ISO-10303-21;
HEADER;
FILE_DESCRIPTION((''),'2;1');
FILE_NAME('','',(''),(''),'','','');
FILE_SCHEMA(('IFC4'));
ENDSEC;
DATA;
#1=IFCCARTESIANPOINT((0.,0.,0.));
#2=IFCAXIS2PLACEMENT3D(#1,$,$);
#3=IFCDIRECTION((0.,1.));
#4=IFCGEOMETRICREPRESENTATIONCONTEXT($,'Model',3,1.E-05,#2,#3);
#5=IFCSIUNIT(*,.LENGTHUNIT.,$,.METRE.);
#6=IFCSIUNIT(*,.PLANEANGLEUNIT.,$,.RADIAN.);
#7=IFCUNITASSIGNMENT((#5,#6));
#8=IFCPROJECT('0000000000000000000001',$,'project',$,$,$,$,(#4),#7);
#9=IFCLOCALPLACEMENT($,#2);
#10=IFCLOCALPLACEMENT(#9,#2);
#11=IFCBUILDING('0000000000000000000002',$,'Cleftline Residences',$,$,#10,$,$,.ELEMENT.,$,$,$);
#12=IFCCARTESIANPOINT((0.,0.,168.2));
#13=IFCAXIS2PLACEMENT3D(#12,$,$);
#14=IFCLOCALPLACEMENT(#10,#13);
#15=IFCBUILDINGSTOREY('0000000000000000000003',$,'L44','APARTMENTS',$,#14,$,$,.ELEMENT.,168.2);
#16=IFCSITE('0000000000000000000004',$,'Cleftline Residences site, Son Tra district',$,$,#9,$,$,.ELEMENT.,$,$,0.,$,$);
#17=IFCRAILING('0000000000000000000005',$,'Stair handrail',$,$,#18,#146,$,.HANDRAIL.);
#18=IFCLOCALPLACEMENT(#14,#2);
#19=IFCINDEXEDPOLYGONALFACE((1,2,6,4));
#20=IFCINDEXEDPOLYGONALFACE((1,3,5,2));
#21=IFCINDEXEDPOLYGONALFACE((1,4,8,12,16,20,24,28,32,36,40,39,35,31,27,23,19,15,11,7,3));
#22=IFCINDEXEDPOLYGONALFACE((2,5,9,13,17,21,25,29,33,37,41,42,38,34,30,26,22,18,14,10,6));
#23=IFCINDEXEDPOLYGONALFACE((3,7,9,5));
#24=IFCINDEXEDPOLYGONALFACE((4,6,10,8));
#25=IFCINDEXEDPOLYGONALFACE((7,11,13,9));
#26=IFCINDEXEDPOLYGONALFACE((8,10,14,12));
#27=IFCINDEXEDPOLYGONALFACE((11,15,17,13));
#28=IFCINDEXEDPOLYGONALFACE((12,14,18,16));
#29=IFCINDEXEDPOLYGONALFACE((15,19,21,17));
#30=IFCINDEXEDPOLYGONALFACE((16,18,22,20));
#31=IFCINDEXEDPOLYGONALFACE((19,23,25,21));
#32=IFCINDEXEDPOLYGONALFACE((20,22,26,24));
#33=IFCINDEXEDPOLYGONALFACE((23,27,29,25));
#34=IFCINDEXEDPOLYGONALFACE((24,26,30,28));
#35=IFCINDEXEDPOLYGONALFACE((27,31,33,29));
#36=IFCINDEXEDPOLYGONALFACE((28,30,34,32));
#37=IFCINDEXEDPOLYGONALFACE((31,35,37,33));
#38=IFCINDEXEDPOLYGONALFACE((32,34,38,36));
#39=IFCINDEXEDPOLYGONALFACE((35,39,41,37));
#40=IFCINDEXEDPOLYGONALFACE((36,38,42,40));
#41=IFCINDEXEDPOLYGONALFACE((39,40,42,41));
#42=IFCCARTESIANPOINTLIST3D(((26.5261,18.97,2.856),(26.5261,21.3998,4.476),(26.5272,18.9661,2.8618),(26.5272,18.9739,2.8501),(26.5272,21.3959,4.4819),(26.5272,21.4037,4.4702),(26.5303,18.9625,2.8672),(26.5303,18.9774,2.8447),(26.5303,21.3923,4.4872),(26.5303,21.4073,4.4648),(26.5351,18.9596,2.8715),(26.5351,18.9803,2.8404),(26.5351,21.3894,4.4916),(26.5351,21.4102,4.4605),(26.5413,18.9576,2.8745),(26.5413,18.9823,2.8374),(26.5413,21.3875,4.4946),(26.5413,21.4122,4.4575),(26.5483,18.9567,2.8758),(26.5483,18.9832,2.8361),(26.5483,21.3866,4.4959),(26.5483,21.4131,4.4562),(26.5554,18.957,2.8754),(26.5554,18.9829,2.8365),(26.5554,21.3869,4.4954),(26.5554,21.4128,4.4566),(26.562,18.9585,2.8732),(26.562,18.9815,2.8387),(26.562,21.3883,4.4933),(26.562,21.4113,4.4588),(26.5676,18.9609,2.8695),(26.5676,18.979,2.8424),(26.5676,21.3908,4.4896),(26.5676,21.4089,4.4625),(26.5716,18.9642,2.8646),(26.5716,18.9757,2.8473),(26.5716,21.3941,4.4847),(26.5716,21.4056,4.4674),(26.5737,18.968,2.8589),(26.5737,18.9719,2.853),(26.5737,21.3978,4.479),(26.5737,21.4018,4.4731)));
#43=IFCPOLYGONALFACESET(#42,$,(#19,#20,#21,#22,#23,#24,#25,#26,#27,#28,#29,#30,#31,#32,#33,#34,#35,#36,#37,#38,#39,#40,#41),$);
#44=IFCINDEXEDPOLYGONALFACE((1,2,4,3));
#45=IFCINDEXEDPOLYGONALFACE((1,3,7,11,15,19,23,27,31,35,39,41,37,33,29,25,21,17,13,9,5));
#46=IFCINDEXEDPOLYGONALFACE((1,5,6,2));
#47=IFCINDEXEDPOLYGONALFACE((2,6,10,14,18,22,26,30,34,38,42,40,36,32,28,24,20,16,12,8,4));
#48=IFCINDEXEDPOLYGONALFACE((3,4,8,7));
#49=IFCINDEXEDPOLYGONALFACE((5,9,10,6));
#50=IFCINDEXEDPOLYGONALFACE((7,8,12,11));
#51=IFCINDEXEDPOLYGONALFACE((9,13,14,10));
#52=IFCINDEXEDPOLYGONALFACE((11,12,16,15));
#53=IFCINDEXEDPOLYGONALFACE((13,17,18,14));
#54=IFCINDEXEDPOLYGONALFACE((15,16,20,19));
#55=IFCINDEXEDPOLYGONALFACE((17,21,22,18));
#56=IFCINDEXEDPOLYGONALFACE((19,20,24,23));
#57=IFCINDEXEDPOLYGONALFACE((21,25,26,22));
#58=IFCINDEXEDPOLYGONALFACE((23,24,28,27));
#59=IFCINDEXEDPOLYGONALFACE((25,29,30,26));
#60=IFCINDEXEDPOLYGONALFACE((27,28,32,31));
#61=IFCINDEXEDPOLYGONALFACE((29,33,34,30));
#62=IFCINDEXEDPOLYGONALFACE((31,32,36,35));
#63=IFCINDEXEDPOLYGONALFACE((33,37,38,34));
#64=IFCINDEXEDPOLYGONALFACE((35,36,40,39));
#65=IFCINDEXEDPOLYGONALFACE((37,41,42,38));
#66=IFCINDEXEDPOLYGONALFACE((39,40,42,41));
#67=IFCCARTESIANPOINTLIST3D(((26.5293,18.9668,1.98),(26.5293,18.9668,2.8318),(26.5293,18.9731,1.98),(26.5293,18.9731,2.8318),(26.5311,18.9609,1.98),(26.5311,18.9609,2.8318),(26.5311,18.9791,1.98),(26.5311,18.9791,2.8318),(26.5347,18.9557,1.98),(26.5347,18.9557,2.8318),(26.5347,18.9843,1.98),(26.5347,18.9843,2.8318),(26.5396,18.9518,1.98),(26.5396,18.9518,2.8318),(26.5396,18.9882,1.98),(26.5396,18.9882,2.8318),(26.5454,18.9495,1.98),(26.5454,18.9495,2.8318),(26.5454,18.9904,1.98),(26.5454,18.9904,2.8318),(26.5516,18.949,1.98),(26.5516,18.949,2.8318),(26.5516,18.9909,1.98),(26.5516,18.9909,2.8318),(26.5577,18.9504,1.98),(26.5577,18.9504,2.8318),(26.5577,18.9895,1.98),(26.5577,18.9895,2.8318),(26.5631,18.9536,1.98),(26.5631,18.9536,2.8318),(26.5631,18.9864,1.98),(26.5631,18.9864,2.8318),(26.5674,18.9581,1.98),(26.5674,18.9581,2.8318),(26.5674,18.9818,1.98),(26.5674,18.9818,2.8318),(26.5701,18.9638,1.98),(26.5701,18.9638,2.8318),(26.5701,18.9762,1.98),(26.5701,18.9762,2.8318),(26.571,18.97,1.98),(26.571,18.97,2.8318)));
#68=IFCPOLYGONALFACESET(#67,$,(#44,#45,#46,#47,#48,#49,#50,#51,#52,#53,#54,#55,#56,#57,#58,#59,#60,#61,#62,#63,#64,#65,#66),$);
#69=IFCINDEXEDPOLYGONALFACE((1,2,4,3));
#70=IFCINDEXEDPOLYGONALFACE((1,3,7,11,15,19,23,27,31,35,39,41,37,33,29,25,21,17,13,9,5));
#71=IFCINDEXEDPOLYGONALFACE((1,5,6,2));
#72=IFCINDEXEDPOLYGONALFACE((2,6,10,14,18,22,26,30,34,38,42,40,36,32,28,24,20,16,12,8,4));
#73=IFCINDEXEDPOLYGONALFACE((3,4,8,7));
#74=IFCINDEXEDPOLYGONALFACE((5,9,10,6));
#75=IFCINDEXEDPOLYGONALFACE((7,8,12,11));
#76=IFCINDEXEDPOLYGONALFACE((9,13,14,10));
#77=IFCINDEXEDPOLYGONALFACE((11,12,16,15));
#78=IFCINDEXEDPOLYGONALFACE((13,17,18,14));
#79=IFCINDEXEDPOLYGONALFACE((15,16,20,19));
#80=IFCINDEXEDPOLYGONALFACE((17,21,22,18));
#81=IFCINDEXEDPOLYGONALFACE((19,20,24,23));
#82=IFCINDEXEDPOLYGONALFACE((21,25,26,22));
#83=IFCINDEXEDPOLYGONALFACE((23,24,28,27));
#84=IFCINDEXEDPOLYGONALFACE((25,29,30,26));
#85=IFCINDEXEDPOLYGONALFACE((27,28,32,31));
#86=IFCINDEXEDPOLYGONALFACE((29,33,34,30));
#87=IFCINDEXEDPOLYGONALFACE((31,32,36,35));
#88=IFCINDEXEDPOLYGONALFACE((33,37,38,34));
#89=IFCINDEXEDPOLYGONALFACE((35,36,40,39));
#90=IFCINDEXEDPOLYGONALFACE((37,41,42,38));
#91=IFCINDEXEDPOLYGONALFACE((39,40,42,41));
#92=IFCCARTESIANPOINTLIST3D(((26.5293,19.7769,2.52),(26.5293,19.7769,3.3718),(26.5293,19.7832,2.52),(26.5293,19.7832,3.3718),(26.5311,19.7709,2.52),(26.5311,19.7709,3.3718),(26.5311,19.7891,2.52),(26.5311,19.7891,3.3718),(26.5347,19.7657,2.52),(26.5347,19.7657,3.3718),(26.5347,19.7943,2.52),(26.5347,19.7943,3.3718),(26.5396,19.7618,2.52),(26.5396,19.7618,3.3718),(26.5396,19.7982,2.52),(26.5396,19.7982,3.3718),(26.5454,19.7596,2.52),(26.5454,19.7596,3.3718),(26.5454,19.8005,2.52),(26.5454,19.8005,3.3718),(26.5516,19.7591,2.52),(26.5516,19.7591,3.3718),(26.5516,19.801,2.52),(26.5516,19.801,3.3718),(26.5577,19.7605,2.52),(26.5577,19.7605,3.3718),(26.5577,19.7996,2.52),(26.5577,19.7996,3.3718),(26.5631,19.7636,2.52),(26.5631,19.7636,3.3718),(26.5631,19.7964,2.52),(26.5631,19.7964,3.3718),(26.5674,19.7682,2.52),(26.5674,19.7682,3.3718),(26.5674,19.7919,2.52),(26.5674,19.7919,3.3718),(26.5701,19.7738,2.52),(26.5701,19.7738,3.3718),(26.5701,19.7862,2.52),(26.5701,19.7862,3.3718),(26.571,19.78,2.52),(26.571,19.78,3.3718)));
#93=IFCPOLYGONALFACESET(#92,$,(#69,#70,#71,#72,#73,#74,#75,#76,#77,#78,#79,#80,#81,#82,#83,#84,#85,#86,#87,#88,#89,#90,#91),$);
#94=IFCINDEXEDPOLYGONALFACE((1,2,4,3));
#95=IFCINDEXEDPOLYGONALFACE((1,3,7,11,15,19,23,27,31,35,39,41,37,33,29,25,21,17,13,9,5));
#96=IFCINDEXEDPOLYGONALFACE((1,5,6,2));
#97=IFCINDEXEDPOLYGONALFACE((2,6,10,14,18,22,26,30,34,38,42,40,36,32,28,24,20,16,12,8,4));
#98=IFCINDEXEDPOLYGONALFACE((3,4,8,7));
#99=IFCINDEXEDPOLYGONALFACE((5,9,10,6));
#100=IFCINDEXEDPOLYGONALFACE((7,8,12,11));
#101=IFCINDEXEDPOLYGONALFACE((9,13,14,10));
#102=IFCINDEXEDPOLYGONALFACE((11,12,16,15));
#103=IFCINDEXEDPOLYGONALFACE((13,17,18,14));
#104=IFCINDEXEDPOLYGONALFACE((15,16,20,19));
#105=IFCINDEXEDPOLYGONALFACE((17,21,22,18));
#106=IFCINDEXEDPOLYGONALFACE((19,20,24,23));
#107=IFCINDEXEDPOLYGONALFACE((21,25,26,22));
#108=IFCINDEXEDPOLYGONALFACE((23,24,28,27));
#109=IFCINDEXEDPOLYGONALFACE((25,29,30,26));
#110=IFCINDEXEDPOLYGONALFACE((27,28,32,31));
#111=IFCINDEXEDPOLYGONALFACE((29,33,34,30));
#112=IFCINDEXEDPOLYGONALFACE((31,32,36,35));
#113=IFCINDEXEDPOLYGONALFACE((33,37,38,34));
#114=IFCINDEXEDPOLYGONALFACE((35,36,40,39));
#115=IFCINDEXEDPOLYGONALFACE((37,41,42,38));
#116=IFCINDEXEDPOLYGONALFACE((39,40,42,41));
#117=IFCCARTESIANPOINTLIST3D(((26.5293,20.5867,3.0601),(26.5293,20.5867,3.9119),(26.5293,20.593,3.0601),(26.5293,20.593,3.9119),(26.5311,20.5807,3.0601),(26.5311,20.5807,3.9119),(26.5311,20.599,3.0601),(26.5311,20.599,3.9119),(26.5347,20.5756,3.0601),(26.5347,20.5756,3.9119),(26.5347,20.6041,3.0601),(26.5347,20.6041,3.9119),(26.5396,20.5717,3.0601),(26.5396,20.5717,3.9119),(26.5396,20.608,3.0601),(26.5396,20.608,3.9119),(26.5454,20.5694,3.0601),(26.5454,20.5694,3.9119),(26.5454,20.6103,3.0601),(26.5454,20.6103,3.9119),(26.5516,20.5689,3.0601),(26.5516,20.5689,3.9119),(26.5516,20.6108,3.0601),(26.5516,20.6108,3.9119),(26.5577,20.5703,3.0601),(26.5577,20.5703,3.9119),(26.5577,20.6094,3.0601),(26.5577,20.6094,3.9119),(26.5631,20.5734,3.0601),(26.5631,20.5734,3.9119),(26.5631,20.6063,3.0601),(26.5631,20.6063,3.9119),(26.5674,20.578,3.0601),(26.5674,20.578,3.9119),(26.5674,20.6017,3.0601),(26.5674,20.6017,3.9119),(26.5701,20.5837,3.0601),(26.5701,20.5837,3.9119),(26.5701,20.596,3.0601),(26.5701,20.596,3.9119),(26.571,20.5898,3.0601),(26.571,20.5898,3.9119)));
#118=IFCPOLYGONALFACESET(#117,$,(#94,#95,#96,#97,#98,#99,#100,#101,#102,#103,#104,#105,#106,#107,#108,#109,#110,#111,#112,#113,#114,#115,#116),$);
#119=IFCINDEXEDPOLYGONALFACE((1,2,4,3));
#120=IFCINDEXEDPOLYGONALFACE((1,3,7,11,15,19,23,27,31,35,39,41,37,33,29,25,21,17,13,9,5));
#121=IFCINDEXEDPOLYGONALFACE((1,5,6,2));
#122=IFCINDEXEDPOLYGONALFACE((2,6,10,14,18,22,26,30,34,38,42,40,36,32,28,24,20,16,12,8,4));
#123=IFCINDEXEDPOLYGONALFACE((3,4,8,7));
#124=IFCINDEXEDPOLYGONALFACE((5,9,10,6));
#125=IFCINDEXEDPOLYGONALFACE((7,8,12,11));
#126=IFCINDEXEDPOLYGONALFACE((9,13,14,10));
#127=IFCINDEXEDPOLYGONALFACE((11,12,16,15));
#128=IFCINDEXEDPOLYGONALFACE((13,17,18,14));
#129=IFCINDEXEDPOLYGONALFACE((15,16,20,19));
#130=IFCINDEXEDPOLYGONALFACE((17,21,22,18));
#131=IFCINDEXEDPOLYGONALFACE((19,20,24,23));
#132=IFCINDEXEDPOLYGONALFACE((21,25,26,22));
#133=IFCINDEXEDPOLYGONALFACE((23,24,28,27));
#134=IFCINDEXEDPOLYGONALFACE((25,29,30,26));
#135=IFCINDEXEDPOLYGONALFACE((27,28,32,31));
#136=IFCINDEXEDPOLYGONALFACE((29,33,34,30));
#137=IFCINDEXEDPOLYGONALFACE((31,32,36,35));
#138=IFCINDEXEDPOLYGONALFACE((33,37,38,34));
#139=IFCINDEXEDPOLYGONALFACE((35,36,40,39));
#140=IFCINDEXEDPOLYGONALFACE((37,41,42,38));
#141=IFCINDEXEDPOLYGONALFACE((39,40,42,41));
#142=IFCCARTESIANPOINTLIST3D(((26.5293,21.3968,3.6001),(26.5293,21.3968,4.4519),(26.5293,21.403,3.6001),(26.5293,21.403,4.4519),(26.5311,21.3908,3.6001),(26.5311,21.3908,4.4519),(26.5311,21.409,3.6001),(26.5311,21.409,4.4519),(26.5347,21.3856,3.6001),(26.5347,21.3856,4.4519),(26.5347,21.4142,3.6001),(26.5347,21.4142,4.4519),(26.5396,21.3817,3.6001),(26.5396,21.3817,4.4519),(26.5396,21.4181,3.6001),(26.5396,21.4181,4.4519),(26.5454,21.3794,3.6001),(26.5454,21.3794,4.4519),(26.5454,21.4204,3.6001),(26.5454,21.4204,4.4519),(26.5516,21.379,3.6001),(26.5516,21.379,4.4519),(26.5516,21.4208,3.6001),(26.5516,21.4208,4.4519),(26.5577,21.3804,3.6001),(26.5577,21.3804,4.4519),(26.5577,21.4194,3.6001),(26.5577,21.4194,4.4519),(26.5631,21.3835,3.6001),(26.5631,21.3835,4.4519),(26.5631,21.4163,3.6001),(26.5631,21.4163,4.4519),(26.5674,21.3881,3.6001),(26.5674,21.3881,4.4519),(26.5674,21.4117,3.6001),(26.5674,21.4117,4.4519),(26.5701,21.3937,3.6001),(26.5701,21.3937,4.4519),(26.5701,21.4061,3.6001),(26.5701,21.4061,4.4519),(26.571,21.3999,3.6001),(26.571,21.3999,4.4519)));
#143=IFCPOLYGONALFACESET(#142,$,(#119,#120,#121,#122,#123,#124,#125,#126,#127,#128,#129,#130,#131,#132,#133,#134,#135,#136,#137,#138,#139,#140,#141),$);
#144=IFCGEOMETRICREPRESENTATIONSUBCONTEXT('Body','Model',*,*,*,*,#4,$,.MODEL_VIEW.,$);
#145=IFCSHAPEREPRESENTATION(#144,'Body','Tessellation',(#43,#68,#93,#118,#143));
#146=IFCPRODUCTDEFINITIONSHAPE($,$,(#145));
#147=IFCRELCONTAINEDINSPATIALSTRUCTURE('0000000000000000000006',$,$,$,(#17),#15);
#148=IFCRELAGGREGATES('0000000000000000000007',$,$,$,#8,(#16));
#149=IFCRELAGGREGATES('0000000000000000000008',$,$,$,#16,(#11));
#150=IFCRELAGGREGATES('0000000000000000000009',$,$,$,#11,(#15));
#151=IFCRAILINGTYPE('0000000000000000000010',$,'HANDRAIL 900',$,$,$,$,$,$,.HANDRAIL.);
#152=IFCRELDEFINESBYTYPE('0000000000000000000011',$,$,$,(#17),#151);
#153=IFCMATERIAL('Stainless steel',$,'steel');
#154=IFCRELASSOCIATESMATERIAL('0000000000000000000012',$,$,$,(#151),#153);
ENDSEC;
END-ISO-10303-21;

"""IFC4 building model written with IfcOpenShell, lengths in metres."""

from ifc_helpers import new_model, si_unit, direction, frame, origin, origin_2d, place, context, subcontext, project, spatial, circle, extrude, material, type_object, element, save


model = new_model("IFC4")

# Units and contexts
model_context = context("Model", 3, precision=1e-05, world=origin(), true_north=direction((0.0, 1.0)))
body_context = subcontext(model_context, "Body", "Model", "MODEL_VIEW")
ifc_project = project(units=[si_unit("LENGTHUNIT", "METRE"), si_unit("PLANEANGLEUNIT", "RADIAN")], contexts=[model_context])

# Site, building, storey
site_placement = place(None, origin())
site = spatial("IfcSite", under=ifc_project, at=site_placement, Name="Cleftline Residences site, Son Tra district", CompositionType="ELEMENT", RefElevation=0.0)
building_placement = place(site_placement, origin())
building = spatial("IfcBuilding", under=site, at=building_placement, Name="Cleftline Residences", CompositionType="ELEMENT")
storey_placement = place(building_placement, frame((0.0, 0.0, 168.2)))
storey = spatial("IfcBuildingStorey", under=building, at=storey_placement, Name="L44", Description="APARTMENTS", CompositionType="ELEMENT", Elevation=168.2)

# Railing
ifc_material_1 = material(Name="Stainless steel", Category="steel")
railing_type = type_object("IfcRailingType", Name="HANDRAIL 900", PredefinedType="HANDRAIL", material=ifc_material_1)
railing_1_placement = place(storey_placement, frame((26.55, 18.97, 1.98)))
element("IfcRailing", 1, at=railing_1_placement, inside=storey, type_object=railing_type, Name="Stair handrail", PredefinedType="HANDRAIL", context=body_context, shape_type="SweptSolid", body=[
    extrude(circle(Radius=0.0239, at=origin_2d()), frame((0.0, 0.0, 0.876), z_axis=(0.0, 0.832025, 0.554739), x_axis=(-1.0, 0.0, 0.0)), (0.0, 0.0, 1.0), 2.9204),
    extrude(circle(Radius=0.021, at=origin_2d()), origin(), (0.0, 0.0, 1.0), 0.8518),
    extrude(circle(Radius=0.021, at=origin_2d()), frame((0.0, 0.8101, 0.54)), (0.0, 0.0, 1.0), 0.8518),
    extrude(circle(Radius=0.021, at=origin_2d()), frame((0.0, 1.6199, 1.0801)), (0.0, 0.0, 1.0), 0.8518),
    extrude(circle(Radius=0.021, at=origin_2d()), frame((0.0, 2.4299, 1.6201)), (0.0, 0.0, 1.0), 0.8518),
])

save(model, "model.ifc")
